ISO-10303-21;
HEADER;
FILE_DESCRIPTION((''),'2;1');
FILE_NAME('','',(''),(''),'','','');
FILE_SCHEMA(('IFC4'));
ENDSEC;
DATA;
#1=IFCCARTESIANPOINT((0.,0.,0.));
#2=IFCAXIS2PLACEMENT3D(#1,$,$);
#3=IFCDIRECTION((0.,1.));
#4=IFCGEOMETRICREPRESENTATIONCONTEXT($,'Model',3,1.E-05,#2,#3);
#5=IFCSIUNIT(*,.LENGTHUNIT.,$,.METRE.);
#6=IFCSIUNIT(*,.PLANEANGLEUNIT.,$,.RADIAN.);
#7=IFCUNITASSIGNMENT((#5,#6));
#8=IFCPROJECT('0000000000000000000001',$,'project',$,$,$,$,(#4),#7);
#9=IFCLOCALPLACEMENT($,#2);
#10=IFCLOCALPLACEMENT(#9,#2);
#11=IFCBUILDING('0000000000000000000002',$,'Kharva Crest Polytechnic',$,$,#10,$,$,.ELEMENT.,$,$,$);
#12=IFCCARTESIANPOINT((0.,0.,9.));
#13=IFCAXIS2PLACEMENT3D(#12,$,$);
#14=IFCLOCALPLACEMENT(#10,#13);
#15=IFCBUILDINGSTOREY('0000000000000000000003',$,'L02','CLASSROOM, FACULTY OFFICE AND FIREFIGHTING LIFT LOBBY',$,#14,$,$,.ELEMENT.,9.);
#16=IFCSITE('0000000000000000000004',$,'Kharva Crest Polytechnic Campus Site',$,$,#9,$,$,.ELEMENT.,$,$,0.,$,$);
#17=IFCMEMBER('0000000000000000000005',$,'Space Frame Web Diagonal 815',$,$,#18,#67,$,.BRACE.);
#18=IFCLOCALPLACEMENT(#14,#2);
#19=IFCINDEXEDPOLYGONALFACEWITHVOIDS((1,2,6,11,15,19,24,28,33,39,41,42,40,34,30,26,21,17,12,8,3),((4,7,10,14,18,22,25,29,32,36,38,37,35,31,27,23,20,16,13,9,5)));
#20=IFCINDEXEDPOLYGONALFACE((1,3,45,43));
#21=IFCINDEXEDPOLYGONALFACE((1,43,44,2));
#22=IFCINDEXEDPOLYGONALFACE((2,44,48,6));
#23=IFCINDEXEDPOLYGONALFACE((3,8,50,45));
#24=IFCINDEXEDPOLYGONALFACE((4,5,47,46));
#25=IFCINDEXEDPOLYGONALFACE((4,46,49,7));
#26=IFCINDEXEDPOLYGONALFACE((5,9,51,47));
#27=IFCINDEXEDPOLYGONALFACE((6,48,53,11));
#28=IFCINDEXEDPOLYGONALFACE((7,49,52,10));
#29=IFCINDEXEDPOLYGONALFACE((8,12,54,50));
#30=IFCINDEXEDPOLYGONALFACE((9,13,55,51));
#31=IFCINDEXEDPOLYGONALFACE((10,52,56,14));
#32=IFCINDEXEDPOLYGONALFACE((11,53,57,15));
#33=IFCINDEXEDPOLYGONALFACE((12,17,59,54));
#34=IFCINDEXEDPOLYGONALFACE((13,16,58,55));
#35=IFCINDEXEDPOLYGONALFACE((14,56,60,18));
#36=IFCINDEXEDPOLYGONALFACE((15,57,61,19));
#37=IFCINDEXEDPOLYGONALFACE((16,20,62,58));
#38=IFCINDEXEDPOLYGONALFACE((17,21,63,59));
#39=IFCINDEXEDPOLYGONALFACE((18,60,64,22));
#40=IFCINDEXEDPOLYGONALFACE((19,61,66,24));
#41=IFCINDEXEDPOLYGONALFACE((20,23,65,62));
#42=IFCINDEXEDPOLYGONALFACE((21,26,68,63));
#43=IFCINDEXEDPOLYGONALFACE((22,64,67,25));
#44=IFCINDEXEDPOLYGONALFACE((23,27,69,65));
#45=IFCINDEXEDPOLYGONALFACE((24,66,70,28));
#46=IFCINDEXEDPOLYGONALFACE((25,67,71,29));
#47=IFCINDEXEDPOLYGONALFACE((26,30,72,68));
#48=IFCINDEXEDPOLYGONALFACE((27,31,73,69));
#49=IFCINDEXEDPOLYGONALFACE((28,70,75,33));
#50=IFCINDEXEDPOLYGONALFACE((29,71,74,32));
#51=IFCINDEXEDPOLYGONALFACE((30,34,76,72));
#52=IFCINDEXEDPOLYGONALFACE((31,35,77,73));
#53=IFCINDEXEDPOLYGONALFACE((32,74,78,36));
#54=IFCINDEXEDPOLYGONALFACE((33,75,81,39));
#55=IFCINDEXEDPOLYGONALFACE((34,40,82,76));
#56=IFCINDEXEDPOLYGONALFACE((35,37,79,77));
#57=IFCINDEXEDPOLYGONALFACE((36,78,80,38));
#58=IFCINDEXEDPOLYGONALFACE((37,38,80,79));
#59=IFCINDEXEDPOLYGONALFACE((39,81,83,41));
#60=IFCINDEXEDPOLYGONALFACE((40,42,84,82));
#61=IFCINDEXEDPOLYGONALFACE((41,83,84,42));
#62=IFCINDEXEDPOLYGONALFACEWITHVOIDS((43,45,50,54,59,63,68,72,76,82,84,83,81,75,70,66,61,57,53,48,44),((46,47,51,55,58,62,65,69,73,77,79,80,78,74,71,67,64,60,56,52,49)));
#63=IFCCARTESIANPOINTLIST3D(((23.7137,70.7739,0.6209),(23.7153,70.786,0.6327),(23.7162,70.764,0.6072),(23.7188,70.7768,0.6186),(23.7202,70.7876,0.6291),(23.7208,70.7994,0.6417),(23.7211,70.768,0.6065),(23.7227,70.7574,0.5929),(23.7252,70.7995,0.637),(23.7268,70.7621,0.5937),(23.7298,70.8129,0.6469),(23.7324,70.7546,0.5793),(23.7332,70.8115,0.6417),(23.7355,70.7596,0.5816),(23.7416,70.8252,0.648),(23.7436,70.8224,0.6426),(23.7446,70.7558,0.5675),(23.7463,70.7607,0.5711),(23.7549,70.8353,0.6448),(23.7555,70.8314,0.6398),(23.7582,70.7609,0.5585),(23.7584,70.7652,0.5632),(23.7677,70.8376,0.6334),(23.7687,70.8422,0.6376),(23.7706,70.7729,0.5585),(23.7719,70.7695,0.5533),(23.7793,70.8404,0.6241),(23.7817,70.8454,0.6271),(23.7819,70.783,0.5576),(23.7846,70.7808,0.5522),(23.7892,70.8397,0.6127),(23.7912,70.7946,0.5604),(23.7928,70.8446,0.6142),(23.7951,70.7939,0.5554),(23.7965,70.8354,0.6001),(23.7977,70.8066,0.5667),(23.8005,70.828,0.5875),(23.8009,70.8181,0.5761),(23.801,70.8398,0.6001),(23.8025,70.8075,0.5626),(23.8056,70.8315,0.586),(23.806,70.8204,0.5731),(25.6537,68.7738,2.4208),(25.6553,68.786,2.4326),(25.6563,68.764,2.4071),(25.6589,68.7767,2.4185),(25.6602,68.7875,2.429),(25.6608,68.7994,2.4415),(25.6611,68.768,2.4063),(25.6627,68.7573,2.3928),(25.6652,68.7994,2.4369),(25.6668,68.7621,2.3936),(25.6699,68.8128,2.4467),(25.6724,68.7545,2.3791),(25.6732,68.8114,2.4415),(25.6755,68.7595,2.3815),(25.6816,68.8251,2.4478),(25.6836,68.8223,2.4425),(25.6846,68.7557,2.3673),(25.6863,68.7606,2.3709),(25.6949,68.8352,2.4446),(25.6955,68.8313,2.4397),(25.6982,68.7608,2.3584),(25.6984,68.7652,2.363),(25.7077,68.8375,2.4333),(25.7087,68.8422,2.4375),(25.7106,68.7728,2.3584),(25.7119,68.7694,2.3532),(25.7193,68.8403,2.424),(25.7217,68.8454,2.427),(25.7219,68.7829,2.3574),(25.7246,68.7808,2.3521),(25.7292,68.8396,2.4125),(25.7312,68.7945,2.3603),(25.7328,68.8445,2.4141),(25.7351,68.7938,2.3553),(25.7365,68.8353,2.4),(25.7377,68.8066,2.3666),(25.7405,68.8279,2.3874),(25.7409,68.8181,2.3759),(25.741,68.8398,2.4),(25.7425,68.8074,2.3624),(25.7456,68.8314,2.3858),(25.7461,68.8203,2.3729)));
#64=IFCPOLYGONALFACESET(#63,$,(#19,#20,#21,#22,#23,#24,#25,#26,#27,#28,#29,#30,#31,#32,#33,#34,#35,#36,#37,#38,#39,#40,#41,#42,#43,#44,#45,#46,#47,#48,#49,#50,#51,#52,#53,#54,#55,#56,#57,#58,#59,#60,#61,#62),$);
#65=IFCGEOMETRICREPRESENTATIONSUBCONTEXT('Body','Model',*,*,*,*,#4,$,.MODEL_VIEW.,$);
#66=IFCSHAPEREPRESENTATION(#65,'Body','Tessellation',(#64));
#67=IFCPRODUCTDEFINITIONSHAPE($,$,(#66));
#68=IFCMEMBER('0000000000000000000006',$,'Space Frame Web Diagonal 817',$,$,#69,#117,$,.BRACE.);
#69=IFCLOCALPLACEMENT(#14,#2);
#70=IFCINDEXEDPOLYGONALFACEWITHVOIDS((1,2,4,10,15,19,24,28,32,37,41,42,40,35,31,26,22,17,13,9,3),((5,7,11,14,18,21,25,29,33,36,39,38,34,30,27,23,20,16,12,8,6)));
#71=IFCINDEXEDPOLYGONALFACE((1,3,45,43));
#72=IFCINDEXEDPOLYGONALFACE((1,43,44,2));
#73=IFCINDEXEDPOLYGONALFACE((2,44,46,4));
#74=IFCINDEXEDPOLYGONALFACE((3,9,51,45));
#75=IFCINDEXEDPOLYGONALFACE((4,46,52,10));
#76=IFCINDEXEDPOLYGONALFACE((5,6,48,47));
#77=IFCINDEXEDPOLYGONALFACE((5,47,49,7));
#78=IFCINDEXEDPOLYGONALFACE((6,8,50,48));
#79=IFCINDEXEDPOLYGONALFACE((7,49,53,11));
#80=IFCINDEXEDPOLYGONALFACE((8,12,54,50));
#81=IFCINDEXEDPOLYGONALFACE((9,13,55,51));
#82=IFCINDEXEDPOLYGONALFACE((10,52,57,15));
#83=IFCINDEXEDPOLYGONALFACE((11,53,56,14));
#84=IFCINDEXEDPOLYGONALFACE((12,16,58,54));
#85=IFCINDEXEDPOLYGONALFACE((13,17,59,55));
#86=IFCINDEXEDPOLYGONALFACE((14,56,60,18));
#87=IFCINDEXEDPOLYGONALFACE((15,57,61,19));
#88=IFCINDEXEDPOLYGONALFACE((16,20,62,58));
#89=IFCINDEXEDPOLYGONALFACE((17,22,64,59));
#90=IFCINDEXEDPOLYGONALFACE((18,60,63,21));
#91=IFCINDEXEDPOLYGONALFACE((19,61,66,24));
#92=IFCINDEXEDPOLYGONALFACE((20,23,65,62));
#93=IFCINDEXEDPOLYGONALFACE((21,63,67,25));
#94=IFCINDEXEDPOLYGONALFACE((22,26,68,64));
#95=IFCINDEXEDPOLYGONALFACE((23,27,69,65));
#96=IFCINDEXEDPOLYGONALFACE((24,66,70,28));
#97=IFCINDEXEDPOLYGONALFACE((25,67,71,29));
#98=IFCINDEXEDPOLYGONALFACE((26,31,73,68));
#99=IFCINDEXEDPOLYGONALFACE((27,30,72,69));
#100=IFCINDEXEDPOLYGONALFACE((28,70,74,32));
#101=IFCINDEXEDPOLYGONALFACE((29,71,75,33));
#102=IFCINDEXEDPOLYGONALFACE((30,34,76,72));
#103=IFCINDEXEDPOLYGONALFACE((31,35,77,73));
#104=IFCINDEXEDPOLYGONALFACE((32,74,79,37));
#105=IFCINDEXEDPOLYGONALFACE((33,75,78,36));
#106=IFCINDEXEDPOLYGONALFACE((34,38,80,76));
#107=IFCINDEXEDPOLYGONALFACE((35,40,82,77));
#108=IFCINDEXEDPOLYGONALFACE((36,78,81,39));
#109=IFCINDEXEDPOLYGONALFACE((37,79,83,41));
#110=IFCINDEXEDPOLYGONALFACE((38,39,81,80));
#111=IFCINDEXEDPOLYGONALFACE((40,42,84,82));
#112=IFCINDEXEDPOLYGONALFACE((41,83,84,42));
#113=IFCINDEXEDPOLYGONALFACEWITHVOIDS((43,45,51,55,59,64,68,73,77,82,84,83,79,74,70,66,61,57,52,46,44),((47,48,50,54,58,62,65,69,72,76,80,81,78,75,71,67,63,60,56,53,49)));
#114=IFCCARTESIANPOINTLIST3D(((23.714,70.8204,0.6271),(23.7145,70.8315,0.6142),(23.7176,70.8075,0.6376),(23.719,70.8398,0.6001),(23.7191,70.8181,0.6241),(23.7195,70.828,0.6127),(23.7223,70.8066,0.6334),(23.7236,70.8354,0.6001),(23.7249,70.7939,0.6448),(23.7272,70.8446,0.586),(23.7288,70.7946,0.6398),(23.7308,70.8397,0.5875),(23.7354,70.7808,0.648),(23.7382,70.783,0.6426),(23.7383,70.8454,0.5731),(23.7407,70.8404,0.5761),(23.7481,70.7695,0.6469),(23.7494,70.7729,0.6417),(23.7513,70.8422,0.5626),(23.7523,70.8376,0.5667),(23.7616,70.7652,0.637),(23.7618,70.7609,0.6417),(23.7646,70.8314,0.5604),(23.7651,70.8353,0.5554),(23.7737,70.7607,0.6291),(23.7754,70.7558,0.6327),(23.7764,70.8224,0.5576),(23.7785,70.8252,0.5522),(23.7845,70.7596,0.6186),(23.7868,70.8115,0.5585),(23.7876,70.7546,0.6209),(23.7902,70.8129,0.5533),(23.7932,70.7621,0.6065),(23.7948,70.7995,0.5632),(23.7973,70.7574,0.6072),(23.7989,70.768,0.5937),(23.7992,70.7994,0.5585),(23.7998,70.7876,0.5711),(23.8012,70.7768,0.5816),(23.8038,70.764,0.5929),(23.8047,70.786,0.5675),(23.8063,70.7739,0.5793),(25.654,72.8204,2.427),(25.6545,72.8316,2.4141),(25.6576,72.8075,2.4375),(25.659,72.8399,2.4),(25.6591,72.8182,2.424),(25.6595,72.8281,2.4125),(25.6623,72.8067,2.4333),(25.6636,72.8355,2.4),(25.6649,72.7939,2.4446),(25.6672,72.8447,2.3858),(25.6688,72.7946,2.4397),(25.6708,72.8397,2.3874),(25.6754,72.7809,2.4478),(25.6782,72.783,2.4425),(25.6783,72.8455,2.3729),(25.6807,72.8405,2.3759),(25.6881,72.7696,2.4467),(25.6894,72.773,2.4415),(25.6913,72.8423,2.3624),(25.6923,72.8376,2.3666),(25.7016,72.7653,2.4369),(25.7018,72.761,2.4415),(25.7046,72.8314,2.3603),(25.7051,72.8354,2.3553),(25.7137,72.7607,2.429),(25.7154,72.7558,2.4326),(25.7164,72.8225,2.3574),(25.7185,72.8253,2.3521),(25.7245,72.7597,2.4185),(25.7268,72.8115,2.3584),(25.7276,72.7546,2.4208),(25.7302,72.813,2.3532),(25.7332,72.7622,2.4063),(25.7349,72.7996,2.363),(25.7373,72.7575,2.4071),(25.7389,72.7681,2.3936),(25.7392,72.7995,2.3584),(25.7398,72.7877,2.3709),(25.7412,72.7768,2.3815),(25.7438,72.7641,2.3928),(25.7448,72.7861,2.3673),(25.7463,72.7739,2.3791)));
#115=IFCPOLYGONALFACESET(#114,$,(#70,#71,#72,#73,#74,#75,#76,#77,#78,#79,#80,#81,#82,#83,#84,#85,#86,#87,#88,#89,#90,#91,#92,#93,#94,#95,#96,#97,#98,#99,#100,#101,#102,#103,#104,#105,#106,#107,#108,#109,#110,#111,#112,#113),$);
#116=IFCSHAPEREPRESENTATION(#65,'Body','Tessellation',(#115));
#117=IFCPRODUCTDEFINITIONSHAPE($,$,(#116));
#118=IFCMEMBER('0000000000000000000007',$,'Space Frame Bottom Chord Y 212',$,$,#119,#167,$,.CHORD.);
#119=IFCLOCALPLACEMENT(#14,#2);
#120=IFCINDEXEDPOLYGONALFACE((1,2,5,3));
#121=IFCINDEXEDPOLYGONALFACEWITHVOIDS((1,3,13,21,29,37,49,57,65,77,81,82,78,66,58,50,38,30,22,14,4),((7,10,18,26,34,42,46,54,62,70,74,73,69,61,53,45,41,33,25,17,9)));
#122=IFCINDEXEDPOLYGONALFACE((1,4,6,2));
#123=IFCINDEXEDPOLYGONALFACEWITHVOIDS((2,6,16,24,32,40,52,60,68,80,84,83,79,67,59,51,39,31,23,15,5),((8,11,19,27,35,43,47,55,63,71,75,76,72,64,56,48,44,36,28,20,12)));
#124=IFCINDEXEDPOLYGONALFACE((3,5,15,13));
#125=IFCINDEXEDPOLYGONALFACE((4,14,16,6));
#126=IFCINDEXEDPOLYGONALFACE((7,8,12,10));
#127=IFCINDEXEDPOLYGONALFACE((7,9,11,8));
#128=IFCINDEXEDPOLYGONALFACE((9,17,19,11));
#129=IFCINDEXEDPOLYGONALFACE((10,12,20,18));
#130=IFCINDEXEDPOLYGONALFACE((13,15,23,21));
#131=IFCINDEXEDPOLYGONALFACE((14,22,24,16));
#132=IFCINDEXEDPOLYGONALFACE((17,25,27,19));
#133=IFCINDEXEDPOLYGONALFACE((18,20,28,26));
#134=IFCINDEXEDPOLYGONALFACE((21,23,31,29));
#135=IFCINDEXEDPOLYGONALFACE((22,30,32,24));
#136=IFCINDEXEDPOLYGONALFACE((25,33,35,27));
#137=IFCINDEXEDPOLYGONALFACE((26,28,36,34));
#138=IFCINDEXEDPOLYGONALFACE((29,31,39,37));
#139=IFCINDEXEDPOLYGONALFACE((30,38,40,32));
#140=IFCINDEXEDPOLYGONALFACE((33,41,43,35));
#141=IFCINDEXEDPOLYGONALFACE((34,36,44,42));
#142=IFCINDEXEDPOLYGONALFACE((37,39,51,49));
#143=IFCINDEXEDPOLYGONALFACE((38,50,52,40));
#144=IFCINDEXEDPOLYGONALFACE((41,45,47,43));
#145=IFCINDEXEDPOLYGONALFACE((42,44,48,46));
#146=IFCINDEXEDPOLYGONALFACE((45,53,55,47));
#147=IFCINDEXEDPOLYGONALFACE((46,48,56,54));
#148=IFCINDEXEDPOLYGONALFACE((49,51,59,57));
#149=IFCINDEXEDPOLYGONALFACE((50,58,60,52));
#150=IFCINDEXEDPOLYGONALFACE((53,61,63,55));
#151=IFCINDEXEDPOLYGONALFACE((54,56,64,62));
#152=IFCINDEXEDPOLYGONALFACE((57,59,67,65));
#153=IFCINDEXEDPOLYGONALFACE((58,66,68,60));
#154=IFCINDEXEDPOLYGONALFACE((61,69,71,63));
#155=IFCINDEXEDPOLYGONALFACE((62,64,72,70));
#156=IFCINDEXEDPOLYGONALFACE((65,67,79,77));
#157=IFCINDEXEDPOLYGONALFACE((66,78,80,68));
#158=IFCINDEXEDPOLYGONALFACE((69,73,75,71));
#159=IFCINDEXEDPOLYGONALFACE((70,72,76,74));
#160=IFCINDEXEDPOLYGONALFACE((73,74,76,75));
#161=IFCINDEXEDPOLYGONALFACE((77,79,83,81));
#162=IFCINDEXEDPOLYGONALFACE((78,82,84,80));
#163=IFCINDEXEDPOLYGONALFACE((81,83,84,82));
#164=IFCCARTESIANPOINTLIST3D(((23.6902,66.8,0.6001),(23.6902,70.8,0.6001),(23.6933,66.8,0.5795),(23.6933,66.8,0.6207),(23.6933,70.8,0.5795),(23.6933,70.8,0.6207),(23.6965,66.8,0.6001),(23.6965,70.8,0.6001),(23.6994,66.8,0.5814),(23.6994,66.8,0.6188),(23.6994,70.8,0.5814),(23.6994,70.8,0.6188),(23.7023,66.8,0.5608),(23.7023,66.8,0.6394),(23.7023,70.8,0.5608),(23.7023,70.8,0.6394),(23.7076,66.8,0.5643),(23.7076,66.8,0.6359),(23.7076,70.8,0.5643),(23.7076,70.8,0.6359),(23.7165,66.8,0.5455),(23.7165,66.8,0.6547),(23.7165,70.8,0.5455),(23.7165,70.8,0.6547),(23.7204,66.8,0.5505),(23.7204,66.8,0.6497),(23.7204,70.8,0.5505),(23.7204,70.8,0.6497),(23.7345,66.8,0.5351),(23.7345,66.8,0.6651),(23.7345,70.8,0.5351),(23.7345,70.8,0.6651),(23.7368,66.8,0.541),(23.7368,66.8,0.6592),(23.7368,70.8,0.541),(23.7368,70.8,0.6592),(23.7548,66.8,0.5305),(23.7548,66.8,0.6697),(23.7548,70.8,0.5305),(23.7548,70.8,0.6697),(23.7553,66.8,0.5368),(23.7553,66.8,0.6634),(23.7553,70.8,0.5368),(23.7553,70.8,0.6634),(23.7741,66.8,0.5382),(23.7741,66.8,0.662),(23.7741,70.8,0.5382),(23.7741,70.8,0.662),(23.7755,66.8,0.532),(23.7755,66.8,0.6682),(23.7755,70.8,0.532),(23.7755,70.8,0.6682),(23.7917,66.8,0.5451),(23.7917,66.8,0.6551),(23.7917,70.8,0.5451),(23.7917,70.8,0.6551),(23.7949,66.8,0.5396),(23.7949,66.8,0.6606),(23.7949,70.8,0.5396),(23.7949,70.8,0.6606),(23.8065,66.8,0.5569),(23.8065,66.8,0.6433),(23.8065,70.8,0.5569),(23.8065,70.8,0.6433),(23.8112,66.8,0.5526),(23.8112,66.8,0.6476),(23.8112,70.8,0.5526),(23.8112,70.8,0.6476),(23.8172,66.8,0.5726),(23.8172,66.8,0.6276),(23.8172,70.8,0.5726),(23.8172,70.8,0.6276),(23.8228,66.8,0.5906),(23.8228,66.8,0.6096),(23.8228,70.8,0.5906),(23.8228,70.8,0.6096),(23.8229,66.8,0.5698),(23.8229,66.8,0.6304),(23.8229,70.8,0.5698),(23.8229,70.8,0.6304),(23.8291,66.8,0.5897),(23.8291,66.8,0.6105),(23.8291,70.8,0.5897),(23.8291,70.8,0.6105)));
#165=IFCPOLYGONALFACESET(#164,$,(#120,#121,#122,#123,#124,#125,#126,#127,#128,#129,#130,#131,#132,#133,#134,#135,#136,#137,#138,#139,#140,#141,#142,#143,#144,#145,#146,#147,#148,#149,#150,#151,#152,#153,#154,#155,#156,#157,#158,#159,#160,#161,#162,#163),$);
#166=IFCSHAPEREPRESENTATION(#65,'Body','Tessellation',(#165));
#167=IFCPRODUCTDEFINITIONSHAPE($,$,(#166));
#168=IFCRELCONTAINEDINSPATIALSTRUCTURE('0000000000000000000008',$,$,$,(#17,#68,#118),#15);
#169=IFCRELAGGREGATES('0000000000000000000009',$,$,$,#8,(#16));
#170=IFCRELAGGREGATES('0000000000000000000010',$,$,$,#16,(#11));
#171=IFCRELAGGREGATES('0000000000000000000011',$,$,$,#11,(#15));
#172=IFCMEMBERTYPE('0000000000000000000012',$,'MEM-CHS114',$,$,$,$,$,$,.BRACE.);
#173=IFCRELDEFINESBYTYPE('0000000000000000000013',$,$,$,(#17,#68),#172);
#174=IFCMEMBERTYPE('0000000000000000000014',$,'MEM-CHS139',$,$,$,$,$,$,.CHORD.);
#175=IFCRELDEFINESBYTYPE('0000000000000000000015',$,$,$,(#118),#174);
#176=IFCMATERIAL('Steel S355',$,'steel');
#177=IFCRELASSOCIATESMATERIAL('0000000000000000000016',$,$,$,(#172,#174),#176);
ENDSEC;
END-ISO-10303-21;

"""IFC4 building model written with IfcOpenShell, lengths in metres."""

from ifc_helpers import new_model, si_unit, direction, frame, origin, origin_2d, place, context, subcontext, project, spatial, hollow_circle, extrude, material, material_profile, profile_set, type_object, element, save


model = new_model("IFC4")

# Units and contexts
model_context = context("Model", 3, precision=1e-05, world=origin(), true_north=direction((0.0, 1.0)))
body_context = subcontext(model_context, "Body", "Model", "MODEL_VIEW")
ifc_project = project(units=[si_unit("LENGTHUNIT", "METRE"), si_unit("PLANEANGLEUNIT", "RADIAN")], contexts=[model_context])

# Site, building, storey
site_placement = place(None, origin())
site = spatial("IfcSite", under=ifc_project, at=site_placement, Name="Kharva Crest Polytechnic Campus Site", CompositionType="ELEMENT", RefElevation=0.0)
building_placement = place(site_placement, origin())
building = spatial("IfcBuilding", under=site, at=building_placement, Name="Kharva Crest Polytechnic", CompositionType="ELEMENT")
storey_placement = place(building_placement, frame((0.0, 0.0, 9.0)))
storey = spatial("IfcBuildingStorey", under=building, at=storey_placement, Name="L02", Description="CLASSROOM, FACULTY OFFICE AND FIREFIGHTING LIFT LOBBY", CompositionType="ELEMENT", Elevation=9.0)

# Shared definitions
ifc_material_1 = material(Name="Steel S355", Category="steel")

# Members
ifc_material_profile_1 = material_profile(ifc_material_1, hollow_circle(Radius=0.0571, WallThickness=0.0063, at=origin_2d()), Name="CHS 114.3X6.3")
ifc_profile_set_1 = profile_set([ifc_material_profile_1], Name="Steel S355")
member_type_1 = type_object("IfcMemberType", Name="MEM-CHS114", PredefinedType="BRACE", material=ifc_profile_set_1)
for number, where, z_axis, x_axis, name in (
    (1, (23.76, 70.8, 0.6001), (0.584843, -0.60295, 0.542596), (0.717802, 0.696247, 0.0), "Space Frame Web Diagonal 815"),
    (2, (23.76, 70.8, 0.6001), (0.584843, 0.60295, 0.542596), (-0.717802, 0.696247, 0.0), "Space Frame Web Diagonal 817"),
):
    element("IfcMember", number, at=place(storey_placement, frame(where, z_axis=z_axis, x_axis=x_axis)), inside=storey, type_object=member_type_1, Name=name, PredefinedType="BRACE", context=body_context, shape_type="SweptSolid", body=[
        extrude(hollow_circle(Radius=0.0571, WallThickness=0.0063, at=origin_2d()), origin(), (0.0, 0.0, 1.0), 3.3171),
    ])
ifc_material_profile_2 = material_profile(ifc_material_1, hollow_circle(Radius=0.0698, WallThickness=0.0063, at=origin_2d()), Name="CHS 139.7X6.3")
ifc_profile_set_2 = profile_set([ifc_material_profile_2], Name="Steel S355")
member_type_2 = type_object("IfcMemberType", Name="MEM-CHS139", PredefinedType="CHORD", material=ifc_profile_set_2)
for number, where, z_axis, x_axis, name in (
    (3, (23.76, 66.8, 0.6001), (0.0, 1.0, 0.0), (-1.0, 0.0, 0.0), "Space Frame Bottom Chord Y 212"),
):
    element("IfcMember", number, at=place(storey_placement, frame(where, z_axis=z_axis, x_axis=x_axis)), inside=storey, type_object=member_type_2, Name=name, PredefinedType="CHORD", context=body_context, shape_type="SweptSolid", body=[
        extrude(hollow_circle(Radius=0.0698, WallThickness=0.0063, at=origin_2d()), origin(), (0.0, 0.0, 1.0), 4.0),
    ])

save(model, "model.ifc")
